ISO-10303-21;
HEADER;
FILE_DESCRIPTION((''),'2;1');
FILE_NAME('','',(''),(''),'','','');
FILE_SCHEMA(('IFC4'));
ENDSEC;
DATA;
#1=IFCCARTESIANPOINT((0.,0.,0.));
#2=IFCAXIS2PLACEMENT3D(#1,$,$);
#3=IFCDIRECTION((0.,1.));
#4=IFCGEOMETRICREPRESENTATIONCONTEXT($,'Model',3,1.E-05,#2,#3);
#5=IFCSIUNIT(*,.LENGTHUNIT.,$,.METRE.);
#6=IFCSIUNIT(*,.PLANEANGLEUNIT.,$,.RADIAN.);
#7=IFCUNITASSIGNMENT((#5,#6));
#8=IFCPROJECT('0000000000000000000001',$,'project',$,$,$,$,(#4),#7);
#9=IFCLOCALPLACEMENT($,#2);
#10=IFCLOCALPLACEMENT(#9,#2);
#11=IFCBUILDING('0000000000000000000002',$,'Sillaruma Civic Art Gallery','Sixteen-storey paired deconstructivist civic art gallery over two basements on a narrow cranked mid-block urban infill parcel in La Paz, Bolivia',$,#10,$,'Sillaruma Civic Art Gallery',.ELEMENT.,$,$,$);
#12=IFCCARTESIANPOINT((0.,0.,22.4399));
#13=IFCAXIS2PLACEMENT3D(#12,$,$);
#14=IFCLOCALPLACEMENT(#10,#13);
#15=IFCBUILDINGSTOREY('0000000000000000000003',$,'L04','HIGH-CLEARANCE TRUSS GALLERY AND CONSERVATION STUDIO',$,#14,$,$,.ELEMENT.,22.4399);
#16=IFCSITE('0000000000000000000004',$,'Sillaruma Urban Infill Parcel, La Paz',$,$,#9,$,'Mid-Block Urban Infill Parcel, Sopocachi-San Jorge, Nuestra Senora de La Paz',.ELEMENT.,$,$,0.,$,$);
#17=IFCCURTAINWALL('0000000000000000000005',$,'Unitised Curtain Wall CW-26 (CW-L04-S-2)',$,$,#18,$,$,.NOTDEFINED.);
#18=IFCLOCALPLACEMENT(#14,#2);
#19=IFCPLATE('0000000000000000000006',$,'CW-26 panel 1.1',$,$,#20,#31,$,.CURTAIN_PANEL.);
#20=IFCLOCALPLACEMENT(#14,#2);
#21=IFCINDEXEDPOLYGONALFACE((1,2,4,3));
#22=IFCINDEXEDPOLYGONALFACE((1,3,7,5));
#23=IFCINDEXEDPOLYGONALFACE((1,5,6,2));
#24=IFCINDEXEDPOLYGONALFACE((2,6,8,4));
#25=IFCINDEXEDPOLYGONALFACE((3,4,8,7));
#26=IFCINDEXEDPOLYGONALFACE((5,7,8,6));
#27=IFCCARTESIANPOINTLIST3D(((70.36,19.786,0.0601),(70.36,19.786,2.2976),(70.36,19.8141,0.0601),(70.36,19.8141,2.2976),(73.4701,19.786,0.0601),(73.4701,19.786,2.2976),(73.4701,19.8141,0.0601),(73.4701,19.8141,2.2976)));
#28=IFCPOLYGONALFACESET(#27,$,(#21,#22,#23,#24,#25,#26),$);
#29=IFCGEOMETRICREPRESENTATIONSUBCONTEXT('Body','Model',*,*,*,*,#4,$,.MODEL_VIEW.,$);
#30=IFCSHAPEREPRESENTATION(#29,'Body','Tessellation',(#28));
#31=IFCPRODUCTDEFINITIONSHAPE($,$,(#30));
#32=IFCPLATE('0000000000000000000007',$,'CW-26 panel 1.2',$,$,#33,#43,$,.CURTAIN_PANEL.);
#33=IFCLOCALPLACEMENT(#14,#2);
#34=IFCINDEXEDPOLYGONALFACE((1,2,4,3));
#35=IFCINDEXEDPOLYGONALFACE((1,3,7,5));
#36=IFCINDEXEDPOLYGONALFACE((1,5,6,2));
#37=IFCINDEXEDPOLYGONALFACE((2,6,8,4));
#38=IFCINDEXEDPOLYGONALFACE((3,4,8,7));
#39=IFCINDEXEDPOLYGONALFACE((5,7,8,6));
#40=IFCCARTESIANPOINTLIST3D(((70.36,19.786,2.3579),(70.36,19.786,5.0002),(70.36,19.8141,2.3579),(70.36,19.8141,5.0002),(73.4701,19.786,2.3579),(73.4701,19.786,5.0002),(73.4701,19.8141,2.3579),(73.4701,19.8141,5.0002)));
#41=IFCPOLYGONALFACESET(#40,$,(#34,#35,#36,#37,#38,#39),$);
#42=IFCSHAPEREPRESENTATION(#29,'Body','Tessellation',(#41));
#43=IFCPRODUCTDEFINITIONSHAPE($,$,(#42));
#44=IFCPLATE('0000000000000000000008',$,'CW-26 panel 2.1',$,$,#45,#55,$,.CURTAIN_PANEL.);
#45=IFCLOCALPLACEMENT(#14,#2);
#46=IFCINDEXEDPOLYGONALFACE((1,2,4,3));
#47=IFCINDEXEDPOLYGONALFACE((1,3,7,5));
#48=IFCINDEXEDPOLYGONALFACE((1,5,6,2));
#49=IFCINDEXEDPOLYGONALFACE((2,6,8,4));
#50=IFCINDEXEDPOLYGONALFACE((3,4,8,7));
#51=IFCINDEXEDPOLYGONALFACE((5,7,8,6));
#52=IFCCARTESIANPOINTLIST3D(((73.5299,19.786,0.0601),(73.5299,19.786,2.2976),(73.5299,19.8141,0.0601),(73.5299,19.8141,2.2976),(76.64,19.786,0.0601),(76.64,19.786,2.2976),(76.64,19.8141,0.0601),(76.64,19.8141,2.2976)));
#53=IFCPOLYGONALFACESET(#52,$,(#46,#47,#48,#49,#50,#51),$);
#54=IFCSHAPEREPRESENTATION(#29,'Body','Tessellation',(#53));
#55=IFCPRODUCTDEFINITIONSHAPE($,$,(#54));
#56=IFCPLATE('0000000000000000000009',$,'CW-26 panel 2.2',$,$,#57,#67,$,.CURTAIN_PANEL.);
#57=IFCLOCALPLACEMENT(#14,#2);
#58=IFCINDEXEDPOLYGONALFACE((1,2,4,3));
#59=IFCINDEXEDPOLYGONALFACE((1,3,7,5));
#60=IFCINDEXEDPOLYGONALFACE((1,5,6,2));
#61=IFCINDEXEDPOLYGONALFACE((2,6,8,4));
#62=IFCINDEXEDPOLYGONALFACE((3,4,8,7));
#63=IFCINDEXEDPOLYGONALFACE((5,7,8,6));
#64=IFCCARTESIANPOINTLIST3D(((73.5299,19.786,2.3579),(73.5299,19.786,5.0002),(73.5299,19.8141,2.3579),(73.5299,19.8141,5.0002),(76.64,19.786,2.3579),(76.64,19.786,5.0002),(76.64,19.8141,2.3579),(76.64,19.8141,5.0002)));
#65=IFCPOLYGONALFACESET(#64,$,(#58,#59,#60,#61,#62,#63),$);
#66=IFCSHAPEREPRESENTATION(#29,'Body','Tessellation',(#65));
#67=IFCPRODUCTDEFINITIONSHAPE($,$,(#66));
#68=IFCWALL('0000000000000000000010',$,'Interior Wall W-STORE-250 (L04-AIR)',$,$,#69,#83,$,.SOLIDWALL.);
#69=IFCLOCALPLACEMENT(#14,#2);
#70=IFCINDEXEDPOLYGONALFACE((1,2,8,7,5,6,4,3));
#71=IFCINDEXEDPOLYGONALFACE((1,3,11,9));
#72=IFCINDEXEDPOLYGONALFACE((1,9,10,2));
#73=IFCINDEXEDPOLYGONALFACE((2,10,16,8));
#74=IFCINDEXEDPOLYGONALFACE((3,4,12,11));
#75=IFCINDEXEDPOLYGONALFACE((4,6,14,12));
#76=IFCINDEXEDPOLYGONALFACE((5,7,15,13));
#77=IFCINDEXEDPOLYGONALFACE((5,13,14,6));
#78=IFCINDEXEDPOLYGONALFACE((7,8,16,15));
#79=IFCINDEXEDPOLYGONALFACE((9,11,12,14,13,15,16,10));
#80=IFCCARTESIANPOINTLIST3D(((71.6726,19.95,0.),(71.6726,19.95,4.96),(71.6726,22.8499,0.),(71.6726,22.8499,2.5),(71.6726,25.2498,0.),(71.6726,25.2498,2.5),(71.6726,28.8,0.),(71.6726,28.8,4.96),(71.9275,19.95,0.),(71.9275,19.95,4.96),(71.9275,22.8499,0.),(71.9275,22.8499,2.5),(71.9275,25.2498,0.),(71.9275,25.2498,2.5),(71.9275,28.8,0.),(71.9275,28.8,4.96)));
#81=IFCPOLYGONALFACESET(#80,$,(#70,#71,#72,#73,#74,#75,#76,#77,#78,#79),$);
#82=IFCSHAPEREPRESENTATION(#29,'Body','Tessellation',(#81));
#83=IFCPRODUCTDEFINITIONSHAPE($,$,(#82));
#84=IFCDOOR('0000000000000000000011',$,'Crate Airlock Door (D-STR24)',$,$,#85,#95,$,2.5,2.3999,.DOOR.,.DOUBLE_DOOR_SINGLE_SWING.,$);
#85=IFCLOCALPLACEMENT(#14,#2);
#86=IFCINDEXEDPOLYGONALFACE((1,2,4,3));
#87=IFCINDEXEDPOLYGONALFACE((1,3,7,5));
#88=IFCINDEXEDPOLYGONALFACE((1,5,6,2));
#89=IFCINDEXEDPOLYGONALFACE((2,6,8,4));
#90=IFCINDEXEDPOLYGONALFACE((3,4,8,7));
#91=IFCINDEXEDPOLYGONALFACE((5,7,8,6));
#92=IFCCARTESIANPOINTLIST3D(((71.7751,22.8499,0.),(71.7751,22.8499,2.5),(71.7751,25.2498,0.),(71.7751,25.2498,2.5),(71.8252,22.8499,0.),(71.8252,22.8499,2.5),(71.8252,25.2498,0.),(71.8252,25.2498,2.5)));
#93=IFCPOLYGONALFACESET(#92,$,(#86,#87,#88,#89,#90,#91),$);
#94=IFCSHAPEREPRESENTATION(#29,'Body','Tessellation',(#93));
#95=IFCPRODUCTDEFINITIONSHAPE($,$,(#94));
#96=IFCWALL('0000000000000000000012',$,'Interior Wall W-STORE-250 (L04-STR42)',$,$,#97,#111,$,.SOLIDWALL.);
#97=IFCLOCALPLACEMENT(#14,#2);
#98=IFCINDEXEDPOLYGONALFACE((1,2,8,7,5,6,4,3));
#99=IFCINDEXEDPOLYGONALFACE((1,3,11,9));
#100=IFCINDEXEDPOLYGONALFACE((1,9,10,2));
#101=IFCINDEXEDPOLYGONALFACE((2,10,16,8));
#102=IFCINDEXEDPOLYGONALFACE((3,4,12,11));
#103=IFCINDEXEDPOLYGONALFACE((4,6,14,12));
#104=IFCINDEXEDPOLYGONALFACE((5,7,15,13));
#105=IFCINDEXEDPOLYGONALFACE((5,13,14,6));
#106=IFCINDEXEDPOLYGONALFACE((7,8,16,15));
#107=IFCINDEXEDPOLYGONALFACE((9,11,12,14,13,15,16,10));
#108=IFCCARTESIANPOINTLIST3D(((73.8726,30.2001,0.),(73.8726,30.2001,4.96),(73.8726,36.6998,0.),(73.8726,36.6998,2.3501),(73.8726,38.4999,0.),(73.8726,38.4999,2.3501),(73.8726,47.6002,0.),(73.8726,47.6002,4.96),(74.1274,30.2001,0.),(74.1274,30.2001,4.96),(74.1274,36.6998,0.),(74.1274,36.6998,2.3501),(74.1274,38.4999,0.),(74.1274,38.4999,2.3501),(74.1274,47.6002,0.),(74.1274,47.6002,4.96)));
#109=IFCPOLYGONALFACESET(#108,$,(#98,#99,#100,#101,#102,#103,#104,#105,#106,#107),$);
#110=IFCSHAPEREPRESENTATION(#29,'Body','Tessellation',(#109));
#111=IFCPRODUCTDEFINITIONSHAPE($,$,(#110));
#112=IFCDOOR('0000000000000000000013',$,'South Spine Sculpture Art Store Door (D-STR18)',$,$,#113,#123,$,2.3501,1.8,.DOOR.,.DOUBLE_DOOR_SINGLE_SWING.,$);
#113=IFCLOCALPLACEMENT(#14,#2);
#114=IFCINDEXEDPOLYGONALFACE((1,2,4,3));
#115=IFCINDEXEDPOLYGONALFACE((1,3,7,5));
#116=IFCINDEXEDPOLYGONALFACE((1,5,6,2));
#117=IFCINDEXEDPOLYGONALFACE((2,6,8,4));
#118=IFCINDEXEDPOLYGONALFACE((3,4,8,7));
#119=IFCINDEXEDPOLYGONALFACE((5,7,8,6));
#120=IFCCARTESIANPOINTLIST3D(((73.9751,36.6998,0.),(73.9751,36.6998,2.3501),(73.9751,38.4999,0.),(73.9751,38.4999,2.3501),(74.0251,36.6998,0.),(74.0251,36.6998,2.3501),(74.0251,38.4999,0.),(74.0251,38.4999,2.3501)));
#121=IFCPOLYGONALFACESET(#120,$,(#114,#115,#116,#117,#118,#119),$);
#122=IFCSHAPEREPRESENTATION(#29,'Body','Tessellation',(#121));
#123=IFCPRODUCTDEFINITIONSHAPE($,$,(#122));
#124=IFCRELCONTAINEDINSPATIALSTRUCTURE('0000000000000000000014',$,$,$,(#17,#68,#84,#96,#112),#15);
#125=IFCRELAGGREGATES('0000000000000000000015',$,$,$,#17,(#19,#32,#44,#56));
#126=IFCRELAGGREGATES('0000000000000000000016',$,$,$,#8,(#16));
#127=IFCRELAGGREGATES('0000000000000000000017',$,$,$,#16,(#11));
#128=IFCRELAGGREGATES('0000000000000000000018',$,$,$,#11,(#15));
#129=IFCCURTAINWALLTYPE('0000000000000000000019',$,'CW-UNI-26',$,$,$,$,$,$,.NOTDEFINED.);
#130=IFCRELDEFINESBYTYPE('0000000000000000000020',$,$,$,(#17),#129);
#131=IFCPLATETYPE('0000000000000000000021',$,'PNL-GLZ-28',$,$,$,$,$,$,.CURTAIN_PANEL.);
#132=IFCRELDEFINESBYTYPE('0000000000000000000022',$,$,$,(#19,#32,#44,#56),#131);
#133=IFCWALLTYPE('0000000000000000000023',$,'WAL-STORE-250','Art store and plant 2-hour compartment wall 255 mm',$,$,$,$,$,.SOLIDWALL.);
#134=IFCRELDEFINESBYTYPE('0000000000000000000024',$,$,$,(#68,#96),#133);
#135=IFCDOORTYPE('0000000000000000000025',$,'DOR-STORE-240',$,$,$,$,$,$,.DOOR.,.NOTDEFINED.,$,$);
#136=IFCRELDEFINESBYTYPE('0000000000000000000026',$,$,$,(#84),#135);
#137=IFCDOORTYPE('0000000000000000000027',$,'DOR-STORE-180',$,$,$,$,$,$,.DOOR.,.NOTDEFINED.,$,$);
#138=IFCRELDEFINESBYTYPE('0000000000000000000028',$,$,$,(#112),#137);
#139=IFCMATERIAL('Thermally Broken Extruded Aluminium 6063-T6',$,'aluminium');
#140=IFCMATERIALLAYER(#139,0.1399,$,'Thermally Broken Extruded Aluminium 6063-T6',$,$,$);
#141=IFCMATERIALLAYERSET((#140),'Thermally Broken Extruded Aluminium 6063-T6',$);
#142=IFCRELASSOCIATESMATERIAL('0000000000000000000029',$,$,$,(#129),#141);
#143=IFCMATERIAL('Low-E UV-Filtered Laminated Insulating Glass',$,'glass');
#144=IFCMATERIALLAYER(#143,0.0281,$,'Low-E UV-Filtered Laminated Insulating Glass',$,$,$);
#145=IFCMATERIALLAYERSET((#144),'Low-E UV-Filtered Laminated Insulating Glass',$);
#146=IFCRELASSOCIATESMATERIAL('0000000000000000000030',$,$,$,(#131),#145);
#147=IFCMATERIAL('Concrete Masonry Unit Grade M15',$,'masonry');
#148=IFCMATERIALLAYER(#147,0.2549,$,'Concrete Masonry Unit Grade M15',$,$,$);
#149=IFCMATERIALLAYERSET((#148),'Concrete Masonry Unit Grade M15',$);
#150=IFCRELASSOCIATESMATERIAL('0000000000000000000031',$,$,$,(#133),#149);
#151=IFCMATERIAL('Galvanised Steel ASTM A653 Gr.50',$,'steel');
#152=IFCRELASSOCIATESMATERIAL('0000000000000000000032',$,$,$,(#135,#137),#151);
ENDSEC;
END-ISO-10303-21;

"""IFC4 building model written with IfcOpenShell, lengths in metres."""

from ifc_helpers import new_model, si_unit, direction, frame, frame_2d, origin, origin_2d, place, context, subcontext, project, spatial, rectangle, extrude, material, layer, layer_set, type_object, element, fill, aggregate, save


model = new_model("IFC4")

# Units and contexts
model_context = context("Model", 3, precision=1e-05, world=origin(), true_north=direction((0.0, 1.0)))
body_context = subcontext(model_context, "Body", "Model", "MODEL_VIEW")
ifc_project = project(units=[si_unit("LENGTHUNIT", "METRE"), si_unit("PLANEANGLEUNIT", "RADIAN")], contexts=[model_context])

# Site, building, storey
site_placement = place(None, origin())
site = spatial("IfcSite", under=ifc_project, at=site_placement, Name="Sillaruma Urban Infill Parcel, La Paz", LongName="Mid-Block Urban Infill Parcel, Sopocachi-San Jorge, Nuestra Senora de La Paz", CompositionType="ELEMENT", RefElevation=0.0)
building_placement = place(site_placement, origin())
building = spatial("IfcBuilding", under=site, at=building_placement, Name="Sillaruma Civic Art Gallery", Description="Sixteen-storey paired deconstructivist civic art gallery over two basements on a narrow cranked mid-block urban infill parcel in La Paz, Bolivia", LongName="Sillaruma Civic Art Gallery", CompositionType="ELEMENT")
storey_placement = place(building_placement, frame((0.0, 0.0, 22.4399)))
storey = spatial("IfcBuildingStorey", under=building, at=storey_placement, Name="L04", Description="HIGH-CLEARANCE TRUSS GALLERY AND CONSERVATION STUDIO", CompositionType="ELEMENT", Elevation=22.4399)

# Curtain wall, plates
ifc_material_1 = material(Name="Thermally Broken Extruded Aluminium 6063-T6", Category="aluminium")
ifc_layer_1 = layer(ifc_material_1, 0.1399, Name="Thermally Broken Extruded Aluminium 6063-T6")
ifc_layer_set_1 = layer_set([ifc_layer_1], Name="Thermally Broken Extruded Aluminium 6063-T6")
curtain_wall_type = type_object("IfcCurtainWallType", Name="CW-UNI-26", PredefinedType="NOTDEFINED", material=ifc_layer_set_1)
curtain_wall_placement = place(storey_placement, origin())
curtain_wall = element("IfcCurtainWall", 1, at=curtain_wall_placement, inside=storey, type_object=curtain_wall_type, Name="Unitised Curtain Wall CW-26 (CW-L04-S-2)", PredefinedType="NOTDEFINED")
ifc_material_2 = material(Name="Low-E UV-Filtered Laminated Insulating Glass", Category="glass")
ifc_layer_2 = layer(ifc_material_2, 0.0281, Name="Low-E UV-Filtered Laminated Insulating Glass")
ifc_layer_set_2 = layer_set([ifc_layer_2], Name="Low-E UV-Filtered Laminated Insulating Glass")
plate_type = type_object("IfcPlateType", Name="PNL-GLZ-28", PredefinedType="CURTAIN_PANEL", material=ifc_layer_set_2)
plate_1_placement = place(storey_placement, frame((71.915, 19.8, 0.0601), z_axis=(0.0, 0.0, 1.0), x_axis=(1.0, 0.0, 0.0)))
plate_1 = element("IfcPlate", 2, at=plate_1_placement, type_object=plate_type, Name="CW-26 panel 1.1", PredefinedType="CURTAIN_PANEL", context=body_context, shape_type="SweptSolid", body=[
    extrude(rectangle(XDim=3.1101, YDim=0.0281, at=origin_2d()), origin(), (0.0, 0.0, 1.0), 2.2375),
])
plate_2_placement = place(storey_placement, frame((71.915, 19.8, 2.3579), z_axis=(0.0, 0.0, 1.0), x_axis=(1.0, 0.0, 0.0)))
plate_2 = element("IfcPlate", 3, at=plate_2_placement, type_object=plate_type, Name="CW-26 panel 1.2", PredefinedType="CURTAIN_PANEL", context=body_context, shape_type="SweptSolid", body=[
    extrude(rectangle(XDim=3.1101, YDim=0.0281, at=origin_2d()), origin(), (0.0, 0.0, 1.0), 2.6423),
])
plate_3_placement = place(storey_placement, frame((75.085, 19.8, 0.0601), z_axis=(0.0, 0.0, 1.0), x_axis=(1.0, 0.0, 0.0)))
plate_3 = element("IfcPlate", 4, at=plate_3_placement, type_object=plate_type, Name="CW-26 panel 2.1", PredefinedType="CURTAIN_PANEL", context=body_context, shape_type="SweptSolid", body=[
    extrude(rectangle(XDim=3.1101, YDim=0.0281, at=origin_2d()), origin(), (0.0, 0.0, 1.0), 2.2375),
])
plate_4_placement = place(storey_placement, frame((75.085, 19.8, 2.3579), z_axis=(0.0, 0.0, 1.0), x_axis=(1.0, 0.0, 0.0)))
plate_4 = element("IfcPlate", 5, at=plate_4_placement, type_object=plate_type, Name="CW-26 panel 2.2", PredefinedType="CURTAIN_PANEL", context=body_context, shape_type="SweptSolid", body=[
    extrude(rectangle(XDim=3.1101, YDim=0.0281, at=origin_2d()), origin(), (0.0, 0.0, 1.0), 2.6423),
])
aggregate(curtain_wall, [plate_1, plate_2, plate_3, plate_4])

# Walls, openings, doors
ifc_material_3 = material(Name="Concrete Masonry Unit Grade M15", Category="masonry")
ifc_layer_3 = layer(ifc_material_3, 0.2549, Name="Concrete Masonry Unit Grade M15")
ifc_layer_set_3 = layer_set([ifc_layer_3], Name="Concrete Masonry Unit Grade M15")
wall_type = type_object("IfcWallType", Name="WAL-STORE-250", Description="Art store and plant 2-hour compartment wall 255 mm", PredefinedType="SOLIDWALL", material=ifc_layer_set_3)
wall_1_placement = place(storey_placement, frame((71.8, 19.95, 0.0), z_axis=(0.0, 0.0, 1.0), x_axis=(0.0, 1.0, 0.0)))
wall_1 = element("IfcWall", 6, at=wall_1_placement, inside=storey, type_object=wall_type, Name="Interior Wall W-STORE-250 (L04-AIR)", PredefinedType="SOLIDWALL", context=body_context, shape_type="SweptSolid", body=[
    extrude(rectangle(XDim=8.8501, YDim=0.2549, at=frame_2d((4.425, 0.0))), origin(), (0.0, 0.0, 1.0), 4.96),
])
opening_1_placement = place(wall_1_placement, frame((2.8999, 0.0, 0.0)))
opening_1 = element("IfcOpeningElement", 7, at=opening_1_placement, cuts=wall_1, PredefinedType="OPENING", context=body_context, shape_type="SweptSolid", body=[
    extrude(rectangle(XDim=2.3999, YDim=2.5, at=frame_2d((1.2, 1.25))), frame((0.0, 0.1375, 0.0), z_axis=(0.0, -1.0, 0.0), x_axis=(1.0, 0.0, 0.0)), (0.0, 0.0, 1.0), 0.2749),
])
ifc_material_4 = material(Name="Galvanised Steel ASTM A653 Gr.50", Category="steel")
door_type_1 = type_object("IfcDoorType", Name="DOR-STORE-240", OperationType="NOTDEFINED", PredefinedType="DOOR", material=ifc_material_4)
door_1_placement = place(opening_1_placement, origin())
door_1 = element("IfcDoor", 8, at=door_1_placement, inside=storey, type_object=door_type_1, Name="Crate Airlock Door (D-STR24)", OperationType="DOUBLE_DOOR_SINGLE_SWING", OverallHeight=2.5, OverallWidth=2.3999, PredefinedType="DOOR", context=body_context, shape_type="SweptSolid", body=[
    extrude(rectangle(XDim=2.3999, YDim=2.5, at=frame_2d((1.2, 1.25))), frame((0.0, 0.0249, 0.0), z_axis=(0.0, -1.0, 0.0), x_axis=(1.0, 0.0, 0.0)), (0.0, 0.0, 1.0), 0.05),
])
fill(opening_1, door_1)
wall_2_placement = place(storey_placement, frame((74.0, 30.2, 0.0), z_axis=(0.0, 0.0, 1.0), x_axis=(0.0, 1.0, 0.0)))
wall_2 = element("IfcWall", 9, at=wall_2_placement, inside=storey, type_object=wall_type, Name="Interior Wall W-STORE-250 (L04-STR42)", PredefinedType="SOLIDWALL", context=body_context, shape_type="SweptSolid", body=[
    extrude(rectangle(XDim=17.4001, YDim=0.2549, at=frame_2d((8.7002, 0.0))), origin(), (0.0, 0.0, 1.0), 4.96),
])
opening_2_placement = place(wall_2_placement, frame((6.5, 0.0, 0.0)))
opening_2 = element("IfcOpeningElement", 10, at=opening_2_placement, cuts=wall_2, PredefinedType="OPENING", context=body_context, shape_type="SweptSolid", body=[
    extrude(rectangle(XDim=1.8, YDim=2.3501, at=frame_2d((0.8999, 1.175))), frame((0.0, 0.1375, 0.0), z_axis=(0.0, -1.0, 0.0), x_axis=(1.0, 0.0, 0.0)), (0.0, 0.0, 1.0), 0.2749),
])
door_type_2 = type_object("IfcDoorType", Name="DOR-STORE-180", OperationType="NOTDEFINED", PredefinedType="DOOR", material=ifc_material_4)
door_2_placement = place(opening_2_placement, origin())
door_2 = element("IfcDoor", 11, at=door_2_placement, inside=storey, type_object=door_type_2, Name="South Spine Sculpture Art Store Door (D-STR18)", OperationType="DOUBLE_DOOR_SINGLE_SWING", OverallHeight=2.3501, OverallWidth=1.8, PredefinedType="DOOR", context=body_context, shape_type="SweptSolid", body=[
    extrude(rectangle(XDim=1.8, YDim=2.3501, at=frame_2d((0.8999, 1.175))), frame((0.0, 0.0249, 0.0), z_axis=(0.0, -1.0, 0.0), x_axis=(1.0, 0.0, 0.0)), (0.0, 0.0, 1.0), 0.05),
])
fill(opening_2, door_2)

save(model, "model.ifc")
